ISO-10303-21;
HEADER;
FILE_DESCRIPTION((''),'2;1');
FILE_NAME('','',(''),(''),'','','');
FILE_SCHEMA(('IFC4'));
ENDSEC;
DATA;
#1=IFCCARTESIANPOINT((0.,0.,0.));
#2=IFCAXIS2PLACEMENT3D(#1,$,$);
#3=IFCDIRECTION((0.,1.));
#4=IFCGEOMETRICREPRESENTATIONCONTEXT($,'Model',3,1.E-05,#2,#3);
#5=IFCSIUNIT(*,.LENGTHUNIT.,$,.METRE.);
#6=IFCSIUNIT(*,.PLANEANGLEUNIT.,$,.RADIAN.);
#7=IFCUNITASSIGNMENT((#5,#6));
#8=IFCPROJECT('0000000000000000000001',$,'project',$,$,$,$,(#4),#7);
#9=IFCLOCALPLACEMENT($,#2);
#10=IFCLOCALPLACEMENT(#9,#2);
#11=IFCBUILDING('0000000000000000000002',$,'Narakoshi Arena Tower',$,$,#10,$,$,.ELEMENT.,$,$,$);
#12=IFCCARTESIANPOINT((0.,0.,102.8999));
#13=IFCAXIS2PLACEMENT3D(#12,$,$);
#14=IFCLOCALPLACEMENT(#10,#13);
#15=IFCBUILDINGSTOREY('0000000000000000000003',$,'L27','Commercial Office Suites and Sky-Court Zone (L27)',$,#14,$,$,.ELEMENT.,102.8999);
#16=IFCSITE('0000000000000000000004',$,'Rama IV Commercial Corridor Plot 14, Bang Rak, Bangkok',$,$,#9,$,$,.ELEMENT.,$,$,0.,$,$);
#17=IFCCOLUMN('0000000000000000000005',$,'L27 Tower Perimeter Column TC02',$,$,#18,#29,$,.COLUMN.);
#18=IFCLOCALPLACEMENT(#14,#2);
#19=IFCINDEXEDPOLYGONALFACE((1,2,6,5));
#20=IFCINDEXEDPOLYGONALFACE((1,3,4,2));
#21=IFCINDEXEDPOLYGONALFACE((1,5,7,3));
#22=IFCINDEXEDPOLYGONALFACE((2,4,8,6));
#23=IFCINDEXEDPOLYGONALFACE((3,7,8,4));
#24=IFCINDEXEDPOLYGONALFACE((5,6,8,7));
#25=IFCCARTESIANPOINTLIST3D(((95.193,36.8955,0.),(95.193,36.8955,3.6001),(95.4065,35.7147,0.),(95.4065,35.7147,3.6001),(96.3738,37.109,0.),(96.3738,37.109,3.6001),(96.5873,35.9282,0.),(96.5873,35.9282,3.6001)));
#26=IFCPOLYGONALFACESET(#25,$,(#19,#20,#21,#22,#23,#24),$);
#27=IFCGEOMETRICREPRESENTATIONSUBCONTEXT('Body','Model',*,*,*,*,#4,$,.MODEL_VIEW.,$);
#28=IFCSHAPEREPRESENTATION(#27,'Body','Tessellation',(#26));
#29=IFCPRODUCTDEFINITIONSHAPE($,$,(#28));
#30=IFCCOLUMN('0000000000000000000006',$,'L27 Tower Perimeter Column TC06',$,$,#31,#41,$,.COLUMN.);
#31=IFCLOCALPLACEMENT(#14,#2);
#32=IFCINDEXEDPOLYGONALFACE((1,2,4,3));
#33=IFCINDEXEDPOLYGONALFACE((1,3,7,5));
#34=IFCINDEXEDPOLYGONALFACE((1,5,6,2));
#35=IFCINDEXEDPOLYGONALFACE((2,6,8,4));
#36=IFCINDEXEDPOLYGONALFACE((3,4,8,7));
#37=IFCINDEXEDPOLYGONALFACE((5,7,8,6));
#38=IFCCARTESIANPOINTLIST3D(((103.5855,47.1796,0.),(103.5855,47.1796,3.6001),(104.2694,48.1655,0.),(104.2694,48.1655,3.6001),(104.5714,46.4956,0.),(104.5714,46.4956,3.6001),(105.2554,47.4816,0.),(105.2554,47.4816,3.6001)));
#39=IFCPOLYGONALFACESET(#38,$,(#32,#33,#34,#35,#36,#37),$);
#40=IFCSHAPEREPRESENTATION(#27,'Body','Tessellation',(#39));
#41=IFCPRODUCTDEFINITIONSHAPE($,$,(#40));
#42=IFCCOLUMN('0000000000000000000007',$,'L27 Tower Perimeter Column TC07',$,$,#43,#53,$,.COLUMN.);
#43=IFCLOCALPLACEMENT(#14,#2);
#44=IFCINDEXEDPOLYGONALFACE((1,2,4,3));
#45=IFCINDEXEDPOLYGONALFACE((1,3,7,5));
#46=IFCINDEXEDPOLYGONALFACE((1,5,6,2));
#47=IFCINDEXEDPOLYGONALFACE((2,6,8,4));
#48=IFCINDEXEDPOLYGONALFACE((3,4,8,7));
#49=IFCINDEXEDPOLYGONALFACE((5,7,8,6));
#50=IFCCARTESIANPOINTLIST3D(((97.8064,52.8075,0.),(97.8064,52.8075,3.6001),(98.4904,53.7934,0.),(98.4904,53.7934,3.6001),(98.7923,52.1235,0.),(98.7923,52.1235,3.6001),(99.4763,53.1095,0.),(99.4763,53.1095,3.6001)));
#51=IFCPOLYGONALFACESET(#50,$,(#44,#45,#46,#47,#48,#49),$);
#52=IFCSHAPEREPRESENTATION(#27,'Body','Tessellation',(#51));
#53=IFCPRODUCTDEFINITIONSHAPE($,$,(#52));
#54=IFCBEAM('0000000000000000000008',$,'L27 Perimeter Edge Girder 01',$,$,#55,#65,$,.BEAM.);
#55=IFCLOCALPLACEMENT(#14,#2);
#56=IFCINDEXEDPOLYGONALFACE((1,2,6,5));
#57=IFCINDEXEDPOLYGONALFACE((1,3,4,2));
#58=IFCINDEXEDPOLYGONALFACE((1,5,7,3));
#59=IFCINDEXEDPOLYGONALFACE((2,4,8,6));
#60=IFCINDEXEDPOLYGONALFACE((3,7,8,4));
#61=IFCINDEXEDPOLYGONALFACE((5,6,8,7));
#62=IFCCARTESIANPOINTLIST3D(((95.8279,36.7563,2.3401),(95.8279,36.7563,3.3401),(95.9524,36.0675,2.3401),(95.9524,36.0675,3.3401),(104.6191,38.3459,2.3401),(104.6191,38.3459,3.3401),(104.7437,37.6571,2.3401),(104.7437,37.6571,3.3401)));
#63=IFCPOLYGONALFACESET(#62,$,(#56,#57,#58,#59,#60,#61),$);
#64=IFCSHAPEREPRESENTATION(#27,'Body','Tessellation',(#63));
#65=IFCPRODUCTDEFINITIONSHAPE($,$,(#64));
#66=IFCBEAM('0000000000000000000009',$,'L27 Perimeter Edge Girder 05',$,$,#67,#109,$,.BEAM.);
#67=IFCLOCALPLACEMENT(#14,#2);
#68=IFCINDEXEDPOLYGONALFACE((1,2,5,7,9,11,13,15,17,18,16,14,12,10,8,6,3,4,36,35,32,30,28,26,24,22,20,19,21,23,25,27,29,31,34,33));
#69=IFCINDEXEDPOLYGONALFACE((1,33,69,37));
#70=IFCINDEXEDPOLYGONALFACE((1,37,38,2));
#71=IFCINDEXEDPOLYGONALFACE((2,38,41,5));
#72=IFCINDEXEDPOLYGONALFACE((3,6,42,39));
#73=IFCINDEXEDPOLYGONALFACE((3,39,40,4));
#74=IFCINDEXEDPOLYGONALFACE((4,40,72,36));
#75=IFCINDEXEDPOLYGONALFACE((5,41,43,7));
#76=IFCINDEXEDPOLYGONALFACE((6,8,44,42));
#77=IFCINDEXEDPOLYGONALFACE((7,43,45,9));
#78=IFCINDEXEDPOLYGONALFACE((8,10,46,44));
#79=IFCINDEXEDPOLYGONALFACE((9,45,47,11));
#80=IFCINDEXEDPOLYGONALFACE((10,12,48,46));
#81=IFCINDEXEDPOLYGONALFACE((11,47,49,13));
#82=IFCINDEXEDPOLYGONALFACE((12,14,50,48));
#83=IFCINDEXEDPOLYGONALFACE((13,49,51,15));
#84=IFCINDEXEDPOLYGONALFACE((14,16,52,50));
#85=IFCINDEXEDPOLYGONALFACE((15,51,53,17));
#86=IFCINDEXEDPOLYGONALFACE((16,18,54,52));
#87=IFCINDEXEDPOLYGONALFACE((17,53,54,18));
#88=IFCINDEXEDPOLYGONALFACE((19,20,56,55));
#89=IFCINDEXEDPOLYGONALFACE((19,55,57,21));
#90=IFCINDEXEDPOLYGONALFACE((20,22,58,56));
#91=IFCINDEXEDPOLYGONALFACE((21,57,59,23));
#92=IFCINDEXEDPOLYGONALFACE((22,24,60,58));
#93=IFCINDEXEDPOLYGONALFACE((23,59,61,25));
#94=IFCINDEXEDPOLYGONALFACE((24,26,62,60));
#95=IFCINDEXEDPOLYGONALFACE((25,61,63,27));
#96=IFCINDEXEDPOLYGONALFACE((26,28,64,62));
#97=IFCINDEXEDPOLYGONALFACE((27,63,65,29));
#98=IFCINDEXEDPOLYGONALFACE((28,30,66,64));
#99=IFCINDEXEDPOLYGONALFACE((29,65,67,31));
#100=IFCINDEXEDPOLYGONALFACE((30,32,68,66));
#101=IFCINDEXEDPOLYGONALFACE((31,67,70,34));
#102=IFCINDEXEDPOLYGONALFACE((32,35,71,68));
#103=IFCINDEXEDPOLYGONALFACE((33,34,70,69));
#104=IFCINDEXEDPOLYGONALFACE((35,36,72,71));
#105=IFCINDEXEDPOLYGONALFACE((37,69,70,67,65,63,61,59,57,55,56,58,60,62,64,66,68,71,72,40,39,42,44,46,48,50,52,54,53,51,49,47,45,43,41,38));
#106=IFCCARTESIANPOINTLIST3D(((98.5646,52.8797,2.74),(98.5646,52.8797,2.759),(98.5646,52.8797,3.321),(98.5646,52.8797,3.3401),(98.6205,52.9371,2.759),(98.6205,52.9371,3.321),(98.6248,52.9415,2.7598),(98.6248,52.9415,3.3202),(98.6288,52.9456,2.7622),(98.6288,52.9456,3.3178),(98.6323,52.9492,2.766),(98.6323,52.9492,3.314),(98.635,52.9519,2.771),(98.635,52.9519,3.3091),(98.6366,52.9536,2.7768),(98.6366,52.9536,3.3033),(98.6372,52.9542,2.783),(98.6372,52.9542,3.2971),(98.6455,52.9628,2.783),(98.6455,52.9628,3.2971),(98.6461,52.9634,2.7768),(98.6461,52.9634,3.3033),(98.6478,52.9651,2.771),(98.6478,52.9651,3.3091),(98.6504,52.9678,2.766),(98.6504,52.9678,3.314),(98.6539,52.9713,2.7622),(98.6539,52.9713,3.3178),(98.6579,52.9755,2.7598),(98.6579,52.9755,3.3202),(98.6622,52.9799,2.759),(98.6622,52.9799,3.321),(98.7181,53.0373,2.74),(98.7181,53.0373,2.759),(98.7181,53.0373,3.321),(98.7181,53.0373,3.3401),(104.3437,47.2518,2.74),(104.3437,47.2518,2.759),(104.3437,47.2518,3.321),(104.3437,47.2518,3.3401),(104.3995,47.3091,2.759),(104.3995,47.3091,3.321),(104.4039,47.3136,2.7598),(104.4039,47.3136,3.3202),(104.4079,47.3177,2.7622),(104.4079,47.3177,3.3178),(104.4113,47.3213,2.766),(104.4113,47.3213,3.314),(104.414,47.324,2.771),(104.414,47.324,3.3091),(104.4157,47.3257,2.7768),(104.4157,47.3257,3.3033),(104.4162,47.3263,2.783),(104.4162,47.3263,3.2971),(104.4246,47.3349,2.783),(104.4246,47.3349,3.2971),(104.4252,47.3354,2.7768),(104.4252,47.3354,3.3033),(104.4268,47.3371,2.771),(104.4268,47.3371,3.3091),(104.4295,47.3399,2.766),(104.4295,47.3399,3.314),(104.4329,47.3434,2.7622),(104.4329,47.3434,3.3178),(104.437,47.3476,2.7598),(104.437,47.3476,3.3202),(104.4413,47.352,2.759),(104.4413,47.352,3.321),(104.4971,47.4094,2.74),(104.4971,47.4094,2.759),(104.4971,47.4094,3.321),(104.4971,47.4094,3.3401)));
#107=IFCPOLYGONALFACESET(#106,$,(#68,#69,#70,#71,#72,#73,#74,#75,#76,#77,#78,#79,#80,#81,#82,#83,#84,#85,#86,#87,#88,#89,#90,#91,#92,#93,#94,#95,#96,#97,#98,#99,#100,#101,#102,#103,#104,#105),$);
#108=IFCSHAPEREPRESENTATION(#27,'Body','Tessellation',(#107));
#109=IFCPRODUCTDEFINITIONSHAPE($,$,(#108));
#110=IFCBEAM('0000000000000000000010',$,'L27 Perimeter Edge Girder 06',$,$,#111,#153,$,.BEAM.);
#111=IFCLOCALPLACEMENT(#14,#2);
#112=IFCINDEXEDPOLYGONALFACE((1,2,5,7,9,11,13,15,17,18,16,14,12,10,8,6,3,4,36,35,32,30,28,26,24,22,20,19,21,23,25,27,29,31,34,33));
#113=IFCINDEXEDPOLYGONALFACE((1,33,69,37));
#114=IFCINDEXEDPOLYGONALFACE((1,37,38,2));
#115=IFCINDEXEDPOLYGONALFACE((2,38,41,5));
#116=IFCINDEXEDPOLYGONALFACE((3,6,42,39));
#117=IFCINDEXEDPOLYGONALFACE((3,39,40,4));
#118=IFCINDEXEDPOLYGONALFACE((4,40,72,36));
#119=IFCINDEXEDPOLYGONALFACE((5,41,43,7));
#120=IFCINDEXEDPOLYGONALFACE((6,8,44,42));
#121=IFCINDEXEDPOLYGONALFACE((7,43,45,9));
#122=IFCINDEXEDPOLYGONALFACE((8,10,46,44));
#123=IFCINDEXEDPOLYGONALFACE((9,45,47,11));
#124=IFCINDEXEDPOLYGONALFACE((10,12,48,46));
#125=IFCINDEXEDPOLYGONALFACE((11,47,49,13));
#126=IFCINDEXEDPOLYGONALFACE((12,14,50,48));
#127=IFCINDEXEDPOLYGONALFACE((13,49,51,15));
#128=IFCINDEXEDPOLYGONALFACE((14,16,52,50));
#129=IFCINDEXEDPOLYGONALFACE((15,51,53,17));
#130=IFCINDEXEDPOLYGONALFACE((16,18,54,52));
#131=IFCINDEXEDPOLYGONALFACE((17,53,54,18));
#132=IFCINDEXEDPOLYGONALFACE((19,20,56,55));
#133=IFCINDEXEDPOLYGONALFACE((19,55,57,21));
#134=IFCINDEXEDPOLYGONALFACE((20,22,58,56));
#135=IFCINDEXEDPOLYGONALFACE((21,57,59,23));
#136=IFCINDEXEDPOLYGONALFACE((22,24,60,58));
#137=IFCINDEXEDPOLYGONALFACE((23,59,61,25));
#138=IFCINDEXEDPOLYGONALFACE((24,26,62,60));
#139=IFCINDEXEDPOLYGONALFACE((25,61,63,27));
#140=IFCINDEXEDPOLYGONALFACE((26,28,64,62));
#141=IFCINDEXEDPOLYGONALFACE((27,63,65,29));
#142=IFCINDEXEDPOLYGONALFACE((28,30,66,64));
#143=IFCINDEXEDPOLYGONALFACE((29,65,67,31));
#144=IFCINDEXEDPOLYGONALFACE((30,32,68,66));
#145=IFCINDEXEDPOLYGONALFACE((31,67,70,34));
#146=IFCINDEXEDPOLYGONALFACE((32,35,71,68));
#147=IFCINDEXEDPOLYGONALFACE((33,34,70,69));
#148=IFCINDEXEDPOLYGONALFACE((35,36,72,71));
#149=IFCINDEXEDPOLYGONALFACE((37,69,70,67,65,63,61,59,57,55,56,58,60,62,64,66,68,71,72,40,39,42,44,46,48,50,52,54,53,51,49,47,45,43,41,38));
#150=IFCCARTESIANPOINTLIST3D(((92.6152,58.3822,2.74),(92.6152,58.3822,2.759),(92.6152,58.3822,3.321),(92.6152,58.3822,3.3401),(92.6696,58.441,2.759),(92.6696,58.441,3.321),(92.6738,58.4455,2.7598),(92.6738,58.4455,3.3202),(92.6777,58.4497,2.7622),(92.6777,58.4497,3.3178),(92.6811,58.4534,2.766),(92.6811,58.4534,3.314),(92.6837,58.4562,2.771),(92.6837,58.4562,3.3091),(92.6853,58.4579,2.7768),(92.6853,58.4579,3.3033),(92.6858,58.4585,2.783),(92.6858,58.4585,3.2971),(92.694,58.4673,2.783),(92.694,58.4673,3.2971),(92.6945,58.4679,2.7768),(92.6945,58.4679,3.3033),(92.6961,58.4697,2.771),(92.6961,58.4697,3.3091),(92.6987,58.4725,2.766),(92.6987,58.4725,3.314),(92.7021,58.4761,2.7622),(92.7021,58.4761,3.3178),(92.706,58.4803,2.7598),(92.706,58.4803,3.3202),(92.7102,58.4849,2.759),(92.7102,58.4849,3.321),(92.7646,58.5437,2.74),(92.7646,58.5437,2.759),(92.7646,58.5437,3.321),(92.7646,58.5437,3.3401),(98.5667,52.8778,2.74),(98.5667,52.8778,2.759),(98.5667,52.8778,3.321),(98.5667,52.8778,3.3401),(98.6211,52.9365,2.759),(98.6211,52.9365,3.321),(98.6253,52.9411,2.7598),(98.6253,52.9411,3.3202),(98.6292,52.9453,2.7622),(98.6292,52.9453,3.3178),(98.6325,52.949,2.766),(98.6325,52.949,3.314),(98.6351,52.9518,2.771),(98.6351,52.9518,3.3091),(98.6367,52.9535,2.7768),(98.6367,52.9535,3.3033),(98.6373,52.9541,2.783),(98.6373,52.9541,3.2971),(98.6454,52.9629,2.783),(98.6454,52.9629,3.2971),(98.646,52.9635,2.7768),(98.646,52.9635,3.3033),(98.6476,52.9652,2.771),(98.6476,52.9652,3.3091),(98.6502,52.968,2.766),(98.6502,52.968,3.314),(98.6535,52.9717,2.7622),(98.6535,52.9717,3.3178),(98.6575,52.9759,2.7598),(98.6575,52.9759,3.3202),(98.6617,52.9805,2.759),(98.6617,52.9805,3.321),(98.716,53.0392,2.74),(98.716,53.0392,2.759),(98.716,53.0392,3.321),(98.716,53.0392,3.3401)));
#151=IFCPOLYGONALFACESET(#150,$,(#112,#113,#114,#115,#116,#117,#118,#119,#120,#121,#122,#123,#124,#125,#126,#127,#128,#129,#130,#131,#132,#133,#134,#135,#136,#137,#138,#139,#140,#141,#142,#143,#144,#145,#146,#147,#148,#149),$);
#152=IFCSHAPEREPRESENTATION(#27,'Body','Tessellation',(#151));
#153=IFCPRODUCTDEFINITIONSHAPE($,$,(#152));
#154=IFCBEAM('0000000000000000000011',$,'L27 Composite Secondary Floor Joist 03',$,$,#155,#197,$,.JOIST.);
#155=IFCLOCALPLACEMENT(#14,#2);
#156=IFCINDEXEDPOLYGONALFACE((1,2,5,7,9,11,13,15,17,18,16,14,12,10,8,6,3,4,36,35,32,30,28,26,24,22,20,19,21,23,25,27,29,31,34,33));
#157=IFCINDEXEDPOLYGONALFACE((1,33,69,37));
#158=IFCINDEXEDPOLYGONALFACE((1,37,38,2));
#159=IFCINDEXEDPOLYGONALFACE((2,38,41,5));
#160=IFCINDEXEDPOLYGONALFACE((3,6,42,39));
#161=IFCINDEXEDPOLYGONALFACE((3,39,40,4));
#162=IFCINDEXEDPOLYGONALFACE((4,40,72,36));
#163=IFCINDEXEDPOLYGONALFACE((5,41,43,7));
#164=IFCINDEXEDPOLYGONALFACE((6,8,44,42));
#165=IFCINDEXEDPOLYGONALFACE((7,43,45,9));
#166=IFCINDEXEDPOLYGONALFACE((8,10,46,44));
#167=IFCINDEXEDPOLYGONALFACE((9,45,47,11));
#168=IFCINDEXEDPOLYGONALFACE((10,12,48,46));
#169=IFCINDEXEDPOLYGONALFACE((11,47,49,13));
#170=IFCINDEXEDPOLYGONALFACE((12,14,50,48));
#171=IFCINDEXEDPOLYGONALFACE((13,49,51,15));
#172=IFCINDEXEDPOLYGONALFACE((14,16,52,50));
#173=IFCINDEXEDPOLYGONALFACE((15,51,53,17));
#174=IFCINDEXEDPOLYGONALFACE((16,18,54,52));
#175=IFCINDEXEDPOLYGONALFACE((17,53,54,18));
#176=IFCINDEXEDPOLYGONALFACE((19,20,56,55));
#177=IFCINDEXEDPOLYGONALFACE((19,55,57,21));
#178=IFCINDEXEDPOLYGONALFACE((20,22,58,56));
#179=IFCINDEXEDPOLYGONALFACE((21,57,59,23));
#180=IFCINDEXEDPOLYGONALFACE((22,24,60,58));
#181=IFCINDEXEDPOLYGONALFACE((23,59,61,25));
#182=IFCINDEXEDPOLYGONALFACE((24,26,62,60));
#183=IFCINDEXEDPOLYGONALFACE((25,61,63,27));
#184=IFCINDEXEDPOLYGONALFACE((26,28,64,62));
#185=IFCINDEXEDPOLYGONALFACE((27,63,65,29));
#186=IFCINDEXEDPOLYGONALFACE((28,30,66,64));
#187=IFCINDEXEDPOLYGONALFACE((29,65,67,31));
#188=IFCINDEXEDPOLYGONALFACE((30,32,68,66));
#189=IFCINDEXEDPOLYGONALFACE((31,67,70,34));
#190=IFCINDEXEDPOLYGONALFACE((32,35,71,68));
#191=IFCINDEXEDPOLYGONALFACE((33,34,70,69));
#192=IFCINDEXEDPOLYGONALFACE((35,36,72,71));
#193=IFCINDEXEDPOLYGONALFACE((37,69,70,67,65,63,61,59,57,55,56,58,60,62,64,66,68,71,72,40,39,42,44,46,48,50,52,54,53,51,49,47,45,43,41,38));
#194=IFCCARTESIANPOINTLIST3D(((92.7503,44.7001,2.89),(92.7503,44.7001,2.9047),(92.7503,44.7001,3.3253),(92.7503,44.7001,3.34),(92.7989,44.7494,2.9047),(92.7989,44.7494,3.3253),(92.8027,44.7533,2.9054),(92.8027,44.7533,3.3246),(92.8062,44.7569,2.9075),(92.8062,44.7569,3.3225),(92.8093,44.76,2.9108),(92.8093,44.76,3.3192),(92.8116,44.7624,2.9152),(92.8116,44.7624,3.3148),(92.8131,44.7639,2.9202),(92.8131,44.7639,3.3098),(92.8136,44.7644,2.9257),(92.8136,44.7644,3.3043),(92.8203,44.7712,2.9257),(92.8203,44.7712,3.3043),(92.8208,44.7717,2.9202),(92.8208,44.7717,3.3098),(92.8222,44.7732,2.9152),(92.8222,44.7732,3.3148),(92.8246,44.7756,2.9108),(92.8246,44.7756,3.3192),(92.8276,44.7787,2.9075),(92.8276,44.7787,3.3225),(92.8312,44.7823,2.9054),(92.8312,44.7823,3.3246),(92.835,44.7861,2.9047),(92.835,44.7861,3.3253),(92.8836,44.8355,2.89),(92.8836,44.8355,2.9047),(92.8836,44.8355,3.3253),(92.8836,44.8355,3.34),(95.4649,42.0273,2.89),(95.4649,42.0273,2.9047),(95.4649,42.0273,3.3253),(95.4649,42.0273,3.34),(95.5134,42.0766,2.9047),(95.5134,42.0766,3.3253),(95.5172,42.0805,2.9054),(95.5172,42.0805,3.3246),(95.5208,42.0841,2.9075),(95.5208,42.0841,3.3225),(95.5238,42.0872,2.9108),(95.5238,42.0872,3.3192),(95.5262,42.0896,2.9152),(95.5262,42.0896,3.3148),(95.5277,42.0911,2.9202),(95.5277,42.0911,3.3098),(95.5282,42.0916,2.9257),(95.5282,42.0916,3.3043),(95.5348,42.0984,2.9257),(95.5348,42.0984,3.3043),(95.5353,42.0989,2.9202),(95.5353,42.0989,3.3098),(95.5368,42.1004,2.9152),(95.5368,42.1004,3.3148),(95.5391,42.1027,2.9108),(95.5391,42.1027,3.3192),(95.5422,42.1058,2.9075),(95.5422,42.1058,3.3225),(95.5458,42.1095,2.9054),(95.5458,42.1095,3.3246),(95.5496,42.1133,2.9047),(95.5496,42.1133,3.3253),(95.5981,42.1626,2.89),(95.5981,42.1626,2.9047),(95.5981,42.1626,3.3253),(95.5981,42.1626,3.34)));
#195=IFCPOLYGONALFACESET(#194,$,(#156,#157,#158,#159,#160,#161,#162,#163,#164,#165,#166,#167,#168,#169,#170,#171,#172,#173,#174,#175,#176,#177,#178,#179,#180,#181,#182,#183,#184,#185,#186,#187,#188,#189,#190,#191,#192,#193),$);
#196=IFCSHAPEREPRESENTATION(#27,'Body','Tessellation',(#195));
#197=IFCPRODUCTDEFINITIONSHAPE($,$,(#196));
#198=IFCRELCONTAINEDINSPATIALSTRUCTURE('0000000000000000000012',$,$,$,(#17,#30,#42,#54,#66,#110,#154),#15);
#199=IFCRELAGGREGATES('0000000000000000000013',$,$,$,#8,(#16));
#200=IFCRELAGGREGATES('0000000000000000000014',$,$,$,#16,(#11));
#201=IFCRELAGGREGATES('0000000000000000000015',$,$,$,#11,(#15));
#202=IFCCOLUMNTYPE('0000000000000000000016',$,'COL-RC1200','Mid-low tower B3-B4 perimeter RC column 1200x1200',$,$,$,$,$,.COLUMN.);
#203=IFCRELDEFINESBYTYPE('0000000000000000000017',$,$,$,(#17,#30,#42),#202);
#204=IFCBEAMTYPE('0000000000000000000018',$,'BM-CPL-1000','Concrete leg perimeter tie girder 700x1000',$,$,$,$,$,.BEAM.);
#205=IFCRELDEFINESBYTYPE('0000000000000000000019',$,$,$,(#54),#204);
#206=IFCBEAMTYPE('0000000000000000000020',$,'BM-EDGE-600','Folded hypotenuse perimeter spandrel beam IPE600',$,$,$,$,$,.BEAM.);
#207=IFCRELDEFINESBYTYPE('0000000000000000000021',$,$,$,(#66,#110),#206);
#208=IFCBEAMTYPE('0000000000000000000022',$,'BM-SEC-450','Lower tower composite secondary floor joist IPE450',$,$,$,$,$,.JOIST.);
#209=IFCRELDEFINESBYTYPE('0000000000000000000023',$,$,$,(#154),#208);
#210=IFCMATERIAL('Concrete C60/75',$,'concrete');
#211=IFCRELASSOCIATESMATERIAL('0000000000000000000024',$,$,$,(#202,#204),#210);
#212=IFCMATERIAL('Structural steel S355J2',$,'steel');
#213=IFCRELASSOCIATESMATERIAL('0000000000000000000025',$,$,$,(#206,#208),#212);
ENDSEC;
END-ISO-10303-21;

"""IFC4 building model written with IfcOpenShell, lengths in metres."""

from ifc_helpers import new_model, si_unit, direction, frame, origin, origin_2d, place, context, subcontext, project, spatial, rectangle, i_section, extrude, material, material_profile, profile_set, type_object, element, save


model = new_model("IFC4")

# Units and contexts
model_context = context("Model", 3, precision=1e-05, world=origin(), true_north=direction((0.0, 1.0)))
body_context = subcontext(model_context, "Body", "Model", "MODEL_VIEW")
ifc_project = project(units=[si_unit("LENGTHUNIT", "METRE"), si_unit("PLANEANGLEUNIT", "RADIAN")], contexts=[model_context])

# Site, building, storey
site_placement = place(None, origin())
site = spatial("IfcSite", under=ifc_project, at=site_placement, Name="Rama IV Commercial Corridor Plot 14, Bang Rak, Bangkok", CompositionType="ELEMENT", RefElevation=0.0)
building_placement = place(site_placement, origin())
building = spatial("IfcBuilding", under=site, at=building_placement, Name="Narakoshi Arena Tower", CompositionType="ELEMENT")
storey_placement = place(building_placement, frame((0.0, 0.0, 102.8999)))
storey = spatial("IfcBuildingStorey", under=building, at=storey_placement, Name="L27", Description="Commercial Office Suites and Sky-Court Zone (L27)", CompositionType="ELEMENT", Elevation=102.8999)

# Columns
ifc_material_1 = material(Name="Concrete C60/75", Category="concrete")
ifc_material_profile_1 = material_profile(ifc_material_1, rectangle(XDim=1.2, YDim=1.2, at=origin_2d()), Name="RC1200x1200")
ifc_profile_set_1 = profile_set([ifc_material_profile_1], Name="Concrete C60/75")
column_type = type_object("IfcColumnType", Name="COL-RC1200", Description="Mid-low tower B3-B4 perimeter RC column 1200x1200", PredefinedType="COLUMN", material=ifc_profile_set_1)
for number, where, z_axis, x_axis, name in (
    (1, (95.8901, 36.4119, 0.0), (0.0, 0.0, 1.0), (0.984041, 0.177944, 0.0), "L27 Tower Perimeter Column TC02"),
    (2, (104.4204, 47.3306, 0.0), (0.0, 0.0, 1.0), (0.569997, 0.821647, 0.0), "L27 Tower Perimeter Column TC06"),
    (3, (98.6414, 52.9585, 0.0), (0.0, 0.0, 1.0), (0.569997, 0.821647, 0.0), "L27 Tower Perimeter Column TC07"),
):
    element("IfcColumn", number, at=place(storey_placement, frame(where, z_axis=z_axis, x_axis=x_axis)), inside=storey, type_object=column_type, Name=name, PredefinedType="COLUMN", context=body_context, shape_type="SweptSolid", body=[
        extrude(rectangle(XDim=1.2, YDim=1.2, at=origin_2d()), origin(), (0.0, 0.0, 1.0), 3.6001),
    ])

# Beams
ifc_material_profile_2 = material_profile(ifc_material_1, rectangle(XDim=0.7, YDim=1.0, at=origin_2d()), Name="RCB700x1000")
ifc_profile_set_2 = profile_set([ifc_material_profile_2], Name="Concrete C60/75")
beam_type_1 = type_object("IfcBeamType", Name="BM-CPL-1000", Description="Concrete leg perimeter tie girder 700x1000", PredefinedType="BEAM", material=ifc_profile_set_2)
beam_1_placement = place(storey_placement, frame((95.8901, 36.4119, 2.8401), z_axis=(0.984043, 0.177931, 0.0), x_axis=(-0.177931, 0.984043, 0.0)))
element("IfcBeam", 4, at=beam_1_placement, inside=storey, type_object=beam_type_1, Name="L27 Perimeter Edge Girder 01", PredefinedType="BEAM", context=body_context, shape_type="SweptSolid", body=[
    extrude(rectangle(XDim=0.7, YDim=1.0, at=origin_2d()), origin(), (0.0, 0.0, 1.0), 8.9338),
])
ifc_material_2 = material(Name="Structural steel S355J2", Category="steel")
ifc_material_profile_3 = material_profile(ifc_material_2, i_section(OverallWidth=0.22, OverallDepth=0.6001, WebThickness=0.012, FlangeThickness=0.019, FilletRadius=0.0239, at=origin_2d()), Name="IPE600")
ifc_profile_set_3 = profile_set([ifc_material_profile_3], Name="Structural steel S355J2")
beam_type_2 = type_object("IfcBeamType", Name="BM-EDGE-600", Description="Folded hypotenuse perimeter spandrel beam IPE600", PredefinedType="BEAM", material=ifc_profile_set_3)
beam_2_placement = place(storey_placement, frame((104.4204, 47.3306, 3.04), z_axis=(-0.716412, 0.697678, 0.0), x_axis=(-0.697678, -0.716412, 0.0)))
element("IfcBeam", 5, at=beam_2_placement, inside=storey, type_object=beam_type_2, Name="L27 Perimeter Edge Girder 05", PredefinedType="BEAM", context=body_context, shape_type="SweptSolid", body=[
    extrude(i_section(OverallWidth=0.22, OverallDepth=0.6001, WebThickness=0.012, FlangeThickness=0.019, FilletRadius=0.0239, at=origin_2d()), origin(), (0.0, 0.0, 1.0), 8.0667),
])
beam_3_placement = place(storey_placement, frame((98.6414, 52.9585, 3.04), z_axis=(-0.73414, 0.678998, 0.0), x_axis=(-0.678998, -0.73414, 0.0)))
element("IfcBeam", 6, at=beam_3_placement, inside=storey, type_object=beam_type_2, Name="L27 Perimeter Edge Girder 06", PredefinedType="BEAM", context=body_context, shape_type="SweptSolid", body=[
    extrude(i_section(OverallWidth=0.22, OverallDepth=0.6001, WebThickness=0.012, FlangeThickness=0.019, FilletRadius=0.0239, at=origin_2d()), origin(), (0.0, 0.0, 1.0), 8.1067),
])
ifc_material_profile_4 = material_profile(ifc_material_2, i_section(OverallWidth=0.1899, OverallDepth=0.45, WebThickness=0.0095, FlangeThickness=0.0146, FilletRadius=0.021, at=origin_2d()), Name="IPE450")
ifc_profile_set_4 = profile_set([ifc_material_profile_4], Name="Structural steel S355J2")
beam_type_3 = type_object("IfcBeamType", Name="BM-SEC-450", Description="Lower tower composite secondary floor joist IPE450", PredefinedType="JOIST", material=ifc_profile_set_4)
beam_4_placement = place(storey_placement, frame((95.5315, 42.095, 3.115), z_axis=(-0.712565, 0.701606, 0.0), x_axis=(-0.701606, -0.712565, 0.0)))
element("IfcBeam", 7, at=beam_4_placement, inside=storey, type_object=beam_type_3, Name="L27 Composite Secondary Floor Joist 03", PredefinedType="JOIST", context=body_context, shape_type="SweptSolid", body=[
    extrude(i_section(OverallWidth=0.1899, OverallDepth=0.45, WebThickness=0.0095, FlangeThickness=0.0146, FilletRadius=0.021, at=origin_2d()), origin(), (0.0, 0.0, 1.0), 3.8096),
])

save(model, "model.ifc")
